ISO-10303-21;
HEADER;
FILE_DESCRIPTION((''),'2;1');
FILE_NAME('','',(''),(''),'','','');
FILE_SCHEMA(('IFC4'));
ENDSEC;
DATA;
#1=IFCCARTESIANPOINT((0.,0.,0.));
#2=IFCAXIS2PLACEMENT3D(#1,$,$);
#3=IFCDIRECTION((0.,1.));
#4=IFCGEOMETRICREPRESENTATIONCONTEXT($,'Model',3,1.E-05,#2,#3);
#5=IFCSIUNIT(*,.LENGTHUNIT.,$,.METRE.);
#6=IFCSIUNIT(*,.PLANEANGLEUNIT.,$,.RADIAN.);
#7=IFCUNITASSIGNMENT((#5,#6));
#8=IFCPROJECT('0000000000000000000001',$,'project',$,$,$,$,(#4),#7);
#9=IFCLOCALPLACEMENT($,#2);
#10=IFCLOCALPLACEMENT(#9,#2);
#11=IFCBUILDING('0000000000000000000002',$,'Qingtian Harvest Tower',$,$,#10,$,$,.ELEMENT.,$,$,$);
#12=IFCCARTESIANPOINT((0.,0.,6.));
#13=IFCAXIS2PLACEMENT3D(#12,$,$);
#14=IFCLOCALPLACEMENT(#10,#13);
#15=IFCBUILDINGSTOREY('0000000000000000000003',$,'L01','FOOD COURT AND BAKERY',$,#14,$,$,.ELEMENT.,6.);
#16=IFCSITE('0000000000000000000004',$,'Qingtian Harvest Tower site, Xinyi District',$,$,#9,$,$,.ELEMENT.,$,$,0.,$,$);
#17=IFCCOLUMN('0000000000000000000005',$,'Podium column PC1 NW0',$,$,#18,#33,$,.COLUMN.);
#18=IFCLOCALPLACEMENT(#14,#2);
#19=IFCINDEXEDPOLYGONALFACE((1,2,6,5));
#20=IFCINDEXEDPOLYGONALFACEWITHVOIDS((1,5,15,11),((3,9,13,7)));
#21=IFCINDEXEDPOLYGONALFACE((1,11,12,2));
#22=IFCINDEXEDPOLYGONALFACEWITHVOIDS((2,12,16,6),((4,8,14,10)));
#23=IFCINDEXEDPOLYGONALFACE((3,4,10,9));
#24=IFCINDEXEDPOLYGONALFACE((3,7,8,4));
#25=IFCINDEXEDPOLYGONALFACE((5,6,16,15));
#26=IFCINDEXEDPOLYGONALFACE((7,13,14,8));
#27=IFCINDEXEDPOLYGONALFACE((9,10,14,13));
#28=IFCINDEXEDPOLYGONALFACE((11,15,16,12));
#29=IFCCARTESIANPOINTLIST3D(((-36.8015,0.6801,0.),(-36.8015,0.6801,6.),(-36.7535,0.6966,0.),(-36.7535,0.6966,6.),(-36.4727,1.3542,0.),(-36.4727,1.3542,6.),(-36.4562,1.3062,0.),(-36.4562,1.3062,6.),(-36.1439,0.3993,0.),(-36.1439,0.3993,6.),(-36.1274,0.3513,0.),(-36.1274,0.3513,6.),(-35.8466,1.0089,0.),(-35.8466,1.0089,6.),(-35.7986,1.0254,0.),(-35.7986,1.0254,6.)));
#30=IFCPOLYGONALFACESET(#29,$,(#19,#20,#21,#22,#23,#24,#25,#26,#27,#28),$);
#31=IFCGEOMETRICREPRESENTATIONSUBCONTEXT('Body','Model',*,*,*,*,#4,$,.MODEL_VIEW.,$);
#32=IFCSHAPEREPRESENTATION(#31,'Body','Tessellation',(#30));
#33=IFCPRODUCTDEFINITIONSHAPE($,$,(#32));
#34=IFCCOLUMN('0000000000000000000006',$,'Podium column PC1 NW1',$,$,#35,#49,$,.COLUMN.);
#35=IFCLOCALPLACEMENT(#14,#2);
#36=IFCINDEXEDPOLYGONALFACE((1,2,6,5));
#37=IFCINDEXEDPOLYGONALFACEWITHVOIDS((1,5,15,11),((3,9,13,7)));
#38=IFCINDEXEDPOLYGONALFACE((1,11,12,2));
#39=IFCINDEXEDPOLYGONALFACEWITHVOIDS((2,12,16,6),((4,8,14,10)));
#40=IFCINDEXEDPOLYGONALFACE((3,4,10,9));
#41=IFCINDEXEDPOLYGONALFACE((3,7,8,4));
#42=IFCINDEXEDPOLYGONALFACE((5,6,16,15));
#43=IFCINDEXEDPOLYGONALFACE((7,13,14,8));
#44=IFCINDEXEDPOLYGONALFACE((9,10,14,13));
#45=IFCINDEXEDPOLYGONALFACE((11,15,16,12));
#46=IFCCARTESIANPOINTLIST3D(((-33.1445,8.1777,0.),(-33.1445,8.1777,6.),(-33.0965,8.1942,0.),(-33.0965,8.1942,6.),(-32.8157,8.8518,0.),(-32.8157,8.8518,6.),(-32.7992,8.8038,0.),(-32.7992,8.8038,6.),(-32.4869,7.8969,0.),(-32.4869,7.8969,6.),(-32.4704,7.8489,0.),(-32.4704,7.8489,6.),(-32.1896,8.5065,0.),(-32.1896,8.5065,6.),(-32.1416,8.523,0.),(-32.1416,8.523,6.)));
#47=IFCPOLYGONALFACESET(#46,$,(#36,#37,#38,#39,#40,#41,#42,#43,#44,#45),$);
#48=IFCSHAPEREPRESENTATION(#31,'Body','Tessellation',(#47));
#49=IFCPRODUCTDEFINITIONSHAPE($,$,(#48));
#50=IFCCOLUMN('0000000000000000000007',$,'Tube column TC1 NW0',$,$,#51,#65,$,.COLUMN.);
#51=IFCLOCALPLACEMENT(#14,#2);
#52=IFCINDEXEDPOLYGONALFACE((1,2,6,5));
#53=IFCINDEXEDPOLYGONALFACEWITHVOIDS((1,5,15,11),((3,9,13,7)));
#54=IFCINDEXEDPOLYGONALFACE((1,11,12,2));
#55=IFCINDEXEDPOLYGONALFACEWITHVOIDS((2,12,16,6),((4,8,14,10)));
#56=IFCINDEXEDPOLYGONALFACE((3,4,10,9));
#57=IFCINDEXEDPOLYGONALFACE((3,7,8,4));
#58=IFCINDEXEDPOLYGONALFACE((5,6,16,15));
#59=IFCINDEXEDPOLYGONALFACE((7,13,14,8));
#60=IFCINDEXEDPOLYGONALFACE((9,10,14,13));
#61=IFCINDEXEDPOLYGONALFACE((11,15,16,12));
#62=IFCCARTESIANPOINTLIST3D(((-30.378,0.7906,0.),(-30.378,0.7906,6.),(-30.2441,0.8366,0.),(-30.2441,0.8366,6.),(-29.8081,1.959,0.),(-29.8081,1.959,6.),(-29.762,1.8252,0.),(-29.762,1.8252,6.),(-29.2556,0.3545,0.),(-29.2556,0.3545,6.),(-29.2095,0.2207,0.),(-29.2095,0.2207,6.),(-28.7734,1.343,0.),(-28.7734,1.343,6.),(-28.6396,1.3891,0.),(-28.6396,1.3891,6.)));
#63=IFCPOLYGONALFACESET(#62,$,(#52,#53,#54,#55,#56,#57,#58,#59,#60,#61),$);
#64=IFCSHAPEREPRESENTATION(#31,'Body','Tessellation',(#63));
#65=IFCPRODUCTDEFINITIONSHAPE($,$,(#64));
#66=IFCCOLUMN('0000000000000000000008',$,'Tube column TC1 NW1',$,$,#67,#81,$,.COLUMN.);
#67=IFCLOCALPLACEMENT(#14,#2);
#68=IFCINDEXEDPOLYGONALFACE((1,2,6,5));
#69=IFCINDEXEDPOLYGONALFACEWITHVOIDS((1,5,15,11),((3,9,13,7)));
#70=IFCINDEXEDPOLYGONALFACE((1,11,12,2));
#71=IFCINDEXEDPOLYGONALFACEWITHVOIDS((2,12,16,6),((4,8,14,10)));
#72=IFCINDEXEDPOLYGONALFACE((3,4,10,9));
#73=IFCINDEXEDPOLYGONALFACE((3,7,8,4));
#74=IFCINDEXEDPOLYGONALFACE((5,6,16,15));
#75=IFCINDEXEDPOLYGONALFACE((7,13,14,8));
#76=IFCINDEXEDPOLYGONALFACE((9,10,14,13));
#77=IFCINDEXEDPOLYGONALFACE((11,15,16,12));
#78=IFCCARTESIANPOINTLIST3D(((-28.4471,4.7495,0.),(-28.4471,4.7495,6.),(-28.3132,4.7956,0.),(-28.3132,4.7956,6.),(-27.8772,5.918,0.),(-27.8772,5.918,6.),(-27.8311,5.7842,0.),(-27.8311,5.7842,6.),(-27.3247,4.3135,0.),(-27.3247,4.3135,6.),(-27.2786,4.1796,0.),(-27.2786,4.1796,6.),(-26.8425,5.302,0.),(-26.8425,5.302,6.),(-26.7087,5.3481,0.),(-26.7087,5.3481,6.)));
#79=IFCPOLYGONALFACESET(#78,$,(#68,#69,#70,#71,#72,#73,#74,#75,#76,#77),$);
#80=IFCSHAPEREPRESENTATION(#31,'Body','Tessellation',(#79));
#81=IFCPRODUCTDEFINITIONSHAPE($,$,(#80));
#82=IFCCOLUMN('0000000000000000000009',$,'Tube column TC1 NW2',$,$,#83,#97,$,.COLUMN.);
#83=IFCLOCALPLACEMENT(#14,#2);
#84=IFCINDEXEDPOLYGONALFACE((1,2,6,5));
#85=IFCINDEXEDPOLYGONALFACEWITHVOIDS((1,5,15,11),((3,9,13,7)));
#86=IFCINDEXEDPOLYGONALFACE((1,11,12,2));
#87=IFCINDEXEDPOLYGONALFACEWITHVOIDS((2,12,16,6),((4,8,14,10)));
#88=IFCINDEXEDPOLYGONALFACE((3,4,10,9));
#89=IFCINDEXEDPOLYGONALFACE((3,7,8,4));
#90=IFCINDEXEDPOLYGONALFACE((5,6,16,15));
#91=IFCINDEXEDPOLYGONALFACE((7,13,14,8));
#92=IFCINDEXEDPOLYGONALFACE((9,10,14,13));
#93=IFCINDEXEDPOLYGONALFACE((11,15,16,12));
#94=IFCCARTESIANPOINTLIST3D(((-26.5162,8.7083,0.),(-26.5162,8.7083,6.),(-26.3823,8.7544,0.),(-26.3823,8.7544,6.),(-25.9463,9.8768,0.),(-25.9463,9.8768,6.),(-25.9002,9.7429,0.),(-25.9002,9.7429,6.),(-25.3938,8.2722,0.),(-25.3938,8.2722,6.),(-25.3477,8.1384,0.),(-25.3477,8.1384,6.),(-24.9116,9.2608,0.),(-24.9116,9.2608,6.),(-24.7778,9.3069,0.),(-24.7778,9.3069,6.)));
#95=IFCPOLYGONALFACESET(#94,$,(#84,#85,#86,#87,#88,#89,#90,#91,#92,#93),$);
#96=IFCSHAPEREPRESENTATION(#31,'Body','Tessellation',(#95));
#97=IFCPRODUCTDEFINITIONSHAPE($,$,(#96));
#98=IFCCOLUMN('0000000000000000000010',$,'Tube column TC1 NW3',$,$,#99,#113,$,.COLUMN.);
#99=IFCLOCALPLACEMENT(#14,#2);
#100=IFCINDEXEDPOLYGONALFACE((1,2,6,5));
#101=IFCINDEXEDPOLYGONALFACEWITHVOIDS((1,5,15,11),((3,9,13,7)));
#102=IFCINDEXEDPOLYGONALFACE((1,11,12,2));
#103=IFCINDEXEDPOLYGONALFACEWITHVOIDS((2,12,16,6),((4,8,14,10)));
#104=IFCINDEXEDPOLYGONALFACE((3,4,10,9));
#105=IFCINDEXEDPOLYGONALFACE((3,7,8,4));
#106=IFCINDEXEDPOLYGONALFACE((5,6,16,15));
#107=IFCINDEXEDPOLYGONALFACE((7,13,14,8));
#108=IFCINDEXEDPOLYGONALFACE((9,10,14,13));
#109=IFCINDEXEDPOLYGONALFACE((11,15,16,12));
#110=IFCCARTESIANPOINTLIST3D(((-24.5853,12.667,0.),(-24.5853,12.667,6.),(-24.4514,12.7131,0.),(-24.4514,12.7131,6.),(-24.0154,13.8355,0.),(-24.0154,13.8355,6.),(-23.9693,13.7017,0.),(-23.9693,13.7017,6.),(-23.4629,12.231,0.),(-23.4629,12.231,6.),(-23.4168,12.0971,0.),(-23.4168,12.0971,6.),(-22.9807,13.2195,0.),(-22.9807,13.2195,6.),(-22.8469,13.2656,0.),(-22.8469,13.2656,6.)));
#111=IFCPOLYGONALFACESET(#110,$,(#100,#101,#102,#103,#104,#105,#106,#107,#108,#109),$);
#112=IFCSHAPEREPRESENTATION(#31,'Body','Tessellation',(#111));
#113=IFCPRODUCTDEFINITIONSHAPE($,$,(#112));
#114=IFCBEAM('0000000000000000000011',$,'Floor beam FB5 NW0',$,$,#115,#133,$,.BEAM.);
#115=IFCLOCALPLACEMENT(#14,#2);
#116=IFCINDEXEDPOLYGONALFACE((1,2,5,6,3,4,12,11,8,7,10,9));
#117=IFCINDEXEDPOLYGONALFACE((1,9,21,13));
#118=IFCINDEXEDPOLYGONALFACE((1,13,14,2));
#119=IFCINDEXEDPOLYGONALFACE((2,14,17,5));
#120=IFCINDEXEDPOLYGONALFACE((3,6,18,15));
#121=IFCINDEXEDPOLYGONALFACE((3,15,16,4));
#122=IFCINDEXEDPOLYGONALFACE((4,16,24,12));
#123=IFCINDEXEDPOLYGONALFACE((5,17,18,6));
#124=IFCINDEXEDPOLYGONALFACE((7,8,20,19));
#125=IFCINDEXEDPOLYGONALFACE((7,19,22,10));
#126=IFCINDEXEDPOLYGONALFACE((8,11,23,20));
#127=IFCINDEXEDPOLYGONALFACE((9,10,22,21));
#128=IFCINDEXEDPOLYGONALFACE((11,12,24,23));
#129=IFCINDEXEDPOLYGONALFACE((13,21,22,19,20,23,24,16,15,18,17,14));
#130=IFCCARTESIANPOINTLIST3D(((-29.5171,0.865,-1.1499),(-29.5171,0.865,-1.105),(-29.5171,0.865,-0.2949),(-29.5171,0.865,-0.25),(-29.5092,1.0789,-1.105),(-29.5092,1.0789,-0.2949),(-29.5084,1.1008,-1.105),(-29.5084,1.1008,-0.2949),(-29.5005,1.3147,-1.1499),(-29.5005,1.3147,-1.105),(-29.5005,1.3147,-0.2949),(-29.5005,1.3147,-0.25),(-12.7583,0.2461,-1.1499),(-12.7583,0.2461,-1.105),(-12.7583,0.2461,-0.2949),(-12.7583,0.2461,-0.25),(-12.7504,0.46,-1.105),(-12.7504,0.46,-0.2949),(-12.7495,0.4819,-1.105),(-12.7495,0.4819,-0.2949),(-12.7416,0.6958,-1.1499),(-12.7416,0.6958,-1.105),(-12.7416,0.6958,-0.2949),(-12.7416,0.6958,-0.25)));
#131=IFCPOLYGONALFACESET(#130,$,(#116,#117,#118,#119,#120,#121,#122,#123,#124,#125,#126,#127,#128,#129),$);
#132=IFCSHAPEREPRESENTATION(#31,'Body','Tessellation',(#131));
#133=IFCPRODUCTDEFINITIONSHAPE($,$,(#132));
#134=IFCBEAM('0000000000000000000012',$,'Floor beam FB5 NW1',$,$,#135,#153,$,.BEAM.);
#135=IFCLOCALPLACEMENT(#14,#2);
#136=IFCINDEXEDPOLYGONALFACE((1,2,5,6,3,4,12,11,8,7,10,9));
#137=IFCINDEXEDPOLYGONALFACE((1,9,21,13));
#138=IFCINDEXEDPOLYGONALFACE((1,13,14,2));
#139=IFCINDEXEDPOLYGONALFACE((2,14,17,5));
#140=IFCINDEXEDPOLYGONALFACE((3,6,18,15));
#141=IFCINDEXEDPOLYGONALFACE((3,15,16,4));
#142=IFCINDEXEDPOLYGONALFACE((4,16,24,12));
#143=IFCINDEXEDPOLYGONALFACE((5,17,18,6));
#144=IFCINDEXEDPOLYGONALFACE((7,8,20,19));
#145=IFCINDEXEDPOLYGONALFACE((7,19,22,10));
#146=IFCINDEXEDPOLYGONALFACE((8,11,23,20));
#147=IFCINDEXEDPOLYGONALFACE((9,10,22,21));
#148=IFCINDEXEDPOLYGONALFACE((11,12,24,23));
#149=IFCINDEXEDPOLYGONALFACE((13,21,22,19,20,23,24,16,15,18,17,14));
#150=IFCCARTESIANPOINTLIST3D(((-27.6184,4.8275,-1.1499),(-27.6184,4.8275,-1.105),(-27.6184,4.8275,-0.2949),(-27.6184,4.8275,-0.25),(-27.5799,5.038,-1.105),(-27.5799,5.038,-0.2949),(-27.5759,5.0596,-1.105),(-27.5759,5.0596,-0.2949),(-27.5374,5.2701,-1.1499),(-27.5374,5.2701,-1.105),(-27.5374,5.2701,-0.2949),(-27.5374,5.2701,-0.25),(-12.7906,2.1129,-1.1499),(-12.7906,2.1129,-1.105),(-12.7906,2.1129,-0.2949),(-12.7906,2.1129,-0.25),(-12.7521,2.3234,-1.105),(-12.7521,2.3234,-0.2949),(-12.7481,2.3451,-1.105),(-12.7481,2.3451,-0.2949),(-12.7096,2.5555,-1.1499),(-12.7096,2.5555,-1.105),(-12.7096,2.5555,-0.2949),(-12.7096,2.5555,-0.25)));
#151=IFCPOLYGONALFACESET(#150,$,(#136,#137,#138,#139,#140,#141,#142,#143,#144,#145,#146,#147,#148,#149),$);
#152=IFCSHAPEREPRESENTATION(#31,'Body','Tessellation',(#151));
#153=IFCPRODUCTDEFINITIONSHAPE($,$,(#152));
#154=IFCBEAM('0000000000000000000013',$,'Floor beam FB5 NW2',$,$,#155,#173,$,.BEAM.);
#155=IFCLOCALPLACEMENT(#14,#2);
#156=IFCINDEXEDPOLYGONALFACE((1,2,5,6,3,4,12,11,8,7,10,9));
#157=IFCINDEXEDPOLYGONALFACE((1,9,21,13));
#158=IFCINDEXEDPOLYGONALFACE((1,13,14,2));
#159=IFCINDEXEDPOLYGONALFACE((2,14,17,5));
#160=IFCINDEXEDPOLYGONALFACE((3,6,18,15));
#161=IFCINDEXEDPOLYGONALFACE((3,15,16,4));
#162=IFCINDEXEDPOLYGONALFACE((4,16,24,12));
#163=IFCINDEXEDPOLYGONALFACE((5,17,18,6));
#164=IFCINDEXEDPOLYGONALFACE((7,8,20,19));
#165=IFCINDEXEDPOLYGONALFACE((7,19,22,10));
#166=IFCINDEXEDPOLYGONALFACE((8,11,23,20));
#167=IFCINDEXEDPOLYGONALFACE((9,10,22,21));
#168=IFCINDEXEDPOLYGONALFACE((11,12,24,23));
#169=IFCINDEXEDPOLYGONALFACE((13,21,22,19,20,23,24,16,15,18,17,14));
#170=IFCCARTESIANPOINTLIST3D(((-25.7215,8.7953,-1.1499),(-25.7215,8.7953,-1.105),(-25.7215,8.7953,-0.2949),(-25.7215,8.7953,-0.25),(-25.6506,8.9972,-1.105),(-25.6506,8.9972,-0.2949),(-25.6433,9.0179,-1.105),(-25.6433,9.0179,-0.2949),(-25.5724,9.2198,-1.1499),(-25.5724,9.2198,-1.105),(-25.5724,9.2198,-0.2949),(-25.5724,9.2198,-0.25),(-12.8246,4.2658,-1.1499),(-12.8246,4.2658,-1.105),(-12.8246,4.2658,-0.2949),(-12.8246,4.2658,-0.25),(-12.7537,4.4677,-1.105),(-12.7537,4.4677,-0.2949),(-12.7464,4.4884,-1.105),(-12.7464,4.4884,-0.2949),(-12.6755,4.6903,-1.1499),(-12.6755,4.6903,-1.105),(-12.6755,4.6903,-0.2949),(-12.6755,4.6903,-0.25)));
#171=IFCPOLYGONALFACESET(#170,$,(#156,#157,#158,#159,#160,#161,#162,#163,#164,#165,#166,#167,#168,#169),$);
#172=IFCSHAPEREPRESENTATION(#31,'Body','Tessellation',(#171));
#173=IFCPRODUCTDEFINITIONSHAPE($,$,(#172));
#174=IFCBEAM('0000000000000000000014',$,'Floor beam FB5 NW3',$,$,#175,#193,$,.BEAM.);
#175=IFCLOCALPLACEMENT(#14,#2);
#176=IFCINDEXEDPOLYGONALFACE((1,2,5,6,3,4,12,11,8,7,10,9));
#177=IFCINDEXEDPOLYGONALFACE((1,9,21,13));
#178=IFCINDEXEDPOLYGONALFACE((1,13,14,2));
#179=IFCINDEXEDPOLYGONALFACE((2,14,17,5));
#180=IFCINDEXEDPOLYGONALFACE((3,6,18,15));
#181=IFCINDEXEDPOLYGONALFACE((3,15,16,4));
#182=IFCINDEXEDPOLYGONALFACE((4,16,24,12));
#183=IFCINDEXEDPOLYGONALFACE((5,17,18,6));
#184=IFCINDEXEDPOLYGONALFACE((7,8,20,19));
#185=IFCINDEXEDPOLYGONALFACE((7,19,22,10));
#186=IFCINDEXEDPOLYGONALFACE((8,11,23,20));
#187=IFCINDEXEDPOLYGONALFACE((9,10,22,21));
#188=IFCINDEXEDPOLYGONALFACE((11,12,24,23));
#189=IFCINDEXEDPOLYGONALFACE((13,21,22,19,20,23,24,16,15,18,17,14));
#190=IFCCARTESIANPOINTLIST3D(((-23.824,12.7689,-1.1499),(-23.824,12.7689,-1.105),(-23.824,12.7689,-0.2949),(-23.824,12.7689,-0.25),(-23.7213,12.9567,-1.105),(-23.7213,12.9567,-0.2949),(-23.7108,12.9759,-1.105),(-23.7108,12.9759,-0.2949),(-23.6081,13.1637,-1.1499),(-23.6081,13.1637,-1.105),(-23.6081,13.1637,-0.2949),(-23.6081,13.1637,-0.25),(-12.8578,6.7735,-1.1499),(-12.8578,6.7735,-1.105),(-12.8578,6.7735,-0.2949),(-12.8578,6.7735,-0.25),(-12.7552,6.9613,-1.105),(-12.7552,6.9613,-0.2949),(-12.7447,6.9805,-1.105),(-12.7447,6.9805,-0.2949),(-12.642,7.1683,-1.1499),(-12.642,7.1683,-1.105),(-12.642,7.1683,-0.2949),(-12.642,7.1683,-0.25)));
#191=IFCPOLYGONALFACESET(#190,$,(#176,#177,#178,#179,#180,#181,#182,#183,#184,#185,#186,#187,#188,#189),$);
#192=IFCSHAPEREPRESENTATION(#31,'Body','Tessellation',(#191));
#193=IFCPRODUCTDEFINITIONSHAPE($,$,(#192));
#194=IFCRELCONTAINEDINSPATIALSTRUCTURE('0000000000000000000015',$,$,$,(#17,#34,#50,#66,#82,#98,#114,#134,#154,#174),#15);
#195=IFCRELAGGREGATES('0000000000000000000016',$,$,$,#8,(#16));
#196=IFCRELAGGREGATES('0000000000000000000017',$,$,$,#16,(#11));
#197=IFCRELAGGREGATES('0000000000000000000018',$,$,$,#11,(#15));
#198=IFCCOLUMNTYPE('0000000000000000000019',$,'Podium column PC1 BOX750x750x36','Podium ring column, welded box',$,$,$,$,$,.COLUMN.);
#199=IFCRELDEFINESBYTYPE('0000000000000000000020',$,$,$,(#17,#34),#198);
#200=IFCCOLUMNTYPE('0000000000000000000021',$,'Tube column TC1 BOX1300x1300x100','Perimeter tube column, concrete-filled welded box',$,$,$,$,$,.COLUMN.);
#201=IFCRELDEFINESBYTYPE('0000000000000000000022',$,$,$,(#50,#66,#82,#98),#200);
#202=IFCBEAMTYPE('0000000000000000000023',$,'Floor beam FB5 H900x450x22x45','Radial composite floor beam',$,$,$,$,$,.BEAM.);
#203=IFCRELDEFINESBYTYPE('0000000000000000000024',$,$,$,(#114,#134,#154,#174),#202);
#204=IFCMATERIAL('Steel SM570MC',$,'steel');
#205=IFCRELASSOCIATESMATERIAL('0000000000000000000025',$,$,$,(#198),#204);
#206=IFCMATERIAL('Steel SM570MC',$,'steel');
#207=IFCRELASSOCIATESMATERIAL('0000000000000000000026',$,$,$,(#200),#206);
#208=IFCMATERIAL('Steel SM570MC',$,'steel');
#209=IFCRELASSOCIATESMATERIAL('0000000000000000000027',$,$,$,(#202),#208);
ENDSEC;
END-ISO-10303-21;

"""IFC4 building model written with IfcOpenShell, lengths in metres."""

from ifc_helpers import new_model, si_unit, direction, frame, origin, origin_2d, place, context, subcontext, project, spatial, hollow_rectangle, i_section, extrude, material, material_profile, profile_set, type_object, element, save


model = new_model("IFC4")

# Units and contexts
model_context = context("Model", 3, precision=1e-05, world=origin(), true_north=direction((0.0, 1.0)))
body_context = subcontext(model_context, "Body", "Model", "MODEL_VIEW")
ifc_project = project(units=[si_unit("LENGTHUNIT", "METRE"), si_unit("PLANEANGLEUNIT", "RADIAN")], contexts=[model_context])

# Site, building, storey
site_placement = place(None, origin())
site = spatial("IfcSite", under=ifc_project, at=site_placement, Name="Qingtian Harvest Tower site, Xinyi District", CompositionType="ELEMENT", RefElevation=0.0)
building_placement = place(site_placement, origin())
building = spatial("IfcBuilding", under=site, at=building_placement, Name="Qingtian Harvest Tower", CompositionType="ELEMENT")
storey_placement = place(building_placement, frame((0.0, 0.0, 6.0)))
storey = spatial("IfcBuildingStorey", under=building, at=storey_placement, Name="L01", Description="FOOD COURT AND BAKERY", CompositionType="ELEMENT", Elevation=6.0)

# Columns
ifc_material_1 = material(Name="Steel SM570MC", Category="steel")
ifc_material_profile_1 = material_profile(ifc_material_1, hollow_rectangle(XDim=0.75, YDim=0.75, WallThickness=0.0359, at=origin_2d()), Name="BOX750x750x36")
ifc_profile_set_1 = profile_set([ifc_material_profile_1], Name="Steel SM570MC")
column_type_1 = type_object("IfcColumnType", Name="Podium column PC1 BOX750x750x36", Description="Podium ring column, welded box", PredefinedType="COLUMN", material=ifc_profile_set_1)
for number, where, z_axis, x_axis, name in (
    (1, (-36.3, 0.8528, 0.0), (0.0, 0.0, 1.0), (-0.438371, -0.898794, 0.0), "Podium column PC1 NW0"),
    (2, (-32.6431, 8.3503, 0.0), (0.0, 0.0, 1.0), (-0.438371, -0.898794, 0.0), "Podium column PC1 NW1"),
):
    element("IfcColumn", number, at=place(storey_placement, frame(where, z_axis=z_axis, x_axis=x_axis)), inside=storey, type_object=column_type_1, Name=name, PredefinedType="COLUMN", context=body_context, shape_type="SweptSolid", body=[
        extrude(hollow_rectangle(XDim=0.75, YDim=0.75, WallThickness=0.0359, at=origin_2d()), origin(), (0.0, 0.0, 1.0), 6.0),
    ])
ifc_material_2 = material(Name="Steel SM570MC", Category="steel")
ifc_material_profile_2 = material_profile(ifc_material_2, hollow_rectangle(XDim=1.3, YDim=1.3, WallThickness=0.1001, at=origin_2d()), Name="BOX1300x1300x100")
ifc_profile_set_2 = profile_set([ifc_material_profile_2], Name="Steel SM570MC")
column_type_2 = type_object("IfcColumnType", Name="Tube column TC1 BOX1300x1300x100", Description="Perimeter tube column, concrete-filled welded box", PredefinedType="COLUMN", material=ifc_profile_set_2)
for number, where, z_axis, x_axis, name in (
    (3, (-29.5088, 1.0898, 0.0), (0.0, 0.0, 1.0), (-0.438371, -0.898794, 0.0), "Tube column TC1 NW0"),
    (4, (-27.5779, 5.0488, 0.0), (0.0, 0.0, 1.0), (-0.438371, -0.898794, 0.0), "Tube column TC1 NW1"),
    (5, (-25.647, 9.0076, 0.0), (0.0, 0.0, 1.0), (-0.438371, -0.898794, 0.0), "Tube column TC1 NW2"),
    (6, (-23.7161, 12.9663, 0.0), (0.0, 0.0, 1.0), (-0.438371, -0.898794, 0.0), "Tube column TC1 NW3"),
):
    element("IfcColumn", number, at=place(storey_placement, frame(where, z_axis=z_axis, x_axis=x_axis)), inside=storey, type_object=column_type_2, Name=name, PredefinedType="COLUMN", context=body_context, shape_type="SweptSolid", body=[
        extrude(hollow_rectangle(XDim=1.3, YDim=1.3, WallThickness=0.1001, at=origin_2d()), origin(), (0.0, 0.0, 1.0), 6.0),
    ])

# Beams
ifc_material_3 = material(Name="Steel SM570MC", Category="steel")
ifc_material_profile_3 = material_profile(ifc_material_3, i_section(OverallWidth=0.45, OverallDepth=0.8999, WebThickness=0.022, FlangeThickness=0.0449, at=origin_2d()), Name="H900x450x22x45")
ifc_profile_set_3 = profile_set([ifc_material_profile_3], Name="Steel SM570MC")
beam_type_1 = type_object("IfcBeamType", Name="Floor beam FB5 H900x450x22x45", Description="Radial composite floor beam", PredefinedType="BEAM", material=ifc_profile_set_3)
beam_1_placement = place(storey_placement, frame((-29.5088, 1.0898, -0.7), z_axis=(0.999319, -0.036905, 0.0), x_axis=(0.036905, 0.999319, 0.0)))
element("IfcBeam", 7, at=beam_1_placement, inside=storey, type_object=beam_type_1, Name="Floor beam FB5 NW0", PredefinedType="BEAM", context=body_context, shape_type="SweptSolid", body=[
    extrude(i_section(OverallWidth=0.45, OverallDepth=0.8999, WebThickness=0.022, FlangeThickness=0.0449, at=origin_2d()), origin(), (0.0, 0.0, 1.0), 16.7703),
])
beam_2_placement = place(storey_placement, frame((-27.5779, 5.0488, -0.7), z_axis=(0.983652, -0.180081, 0.0), x_axis=(0.180081, 0.983652, 0.0)))
element("IfcBeam", 8, at=beam_2_placement, inside=storey, type_object=beam_type_1, Name="Floor beam FB5 NW1", PredefinedType="BEAM", context=body_context, shape_type="SweptSolid", body=[
    extrude(i_section(OverallWidth=0.45, OverallDepth=0.8999, WebThickness=0.022, FlangeThickness=0.0449, at=origin_2d()), origin(), (0.0, 0.0, 1.0), 15.0742),
])
beam_3_placement = place(storey_placement, frame((-25.647, 9.0076, -0.7), z_axis=(0.943502, -0.331367, 0.0), x_axis=(0.331367, 0.943502, 0.0)))
element("IfcBeam", 9, at=beam_3_placement, inside=storey, type_object=beam_type_1, Name="Floor beam FB5 NW2", PredefinedType="BEAM", context=body_context, shape_type="SweptSolid", body=[
    extrude(i_section(OverallWidth=0.45, OverallDepth=0.8999, WebThickness=0.022, FlangeThickness=0.0449, at=origin_2d()), origin(), (0.0, 0.0, 1.0), 13.6692),
])
beam_4_placement = place(storey_placement, frame((-23.7161, 12.9663, -0.7), z_axis=(0.877429, -0.479707, 0.0), x_axis=(0.479707, 0.877429, 0.0)))
element("IfcBeam", 10, at=beam_4_placement, inside=storey, type_object=beam_type_1, Name="Floor beam FB5 NW3", PredefinedType="BEAM", context=body_context, shape_type="SweptSolid", body=[
    extrude(i_section(OverallWidth=0.45, OverallDepth=0.8999, WebThickness=0.022, FlangeThickness=0.0449, at=origin_2d()), origin(), (0.0, 0.0, 1.0), 12.498),
])

save(model, "model.ifc")
